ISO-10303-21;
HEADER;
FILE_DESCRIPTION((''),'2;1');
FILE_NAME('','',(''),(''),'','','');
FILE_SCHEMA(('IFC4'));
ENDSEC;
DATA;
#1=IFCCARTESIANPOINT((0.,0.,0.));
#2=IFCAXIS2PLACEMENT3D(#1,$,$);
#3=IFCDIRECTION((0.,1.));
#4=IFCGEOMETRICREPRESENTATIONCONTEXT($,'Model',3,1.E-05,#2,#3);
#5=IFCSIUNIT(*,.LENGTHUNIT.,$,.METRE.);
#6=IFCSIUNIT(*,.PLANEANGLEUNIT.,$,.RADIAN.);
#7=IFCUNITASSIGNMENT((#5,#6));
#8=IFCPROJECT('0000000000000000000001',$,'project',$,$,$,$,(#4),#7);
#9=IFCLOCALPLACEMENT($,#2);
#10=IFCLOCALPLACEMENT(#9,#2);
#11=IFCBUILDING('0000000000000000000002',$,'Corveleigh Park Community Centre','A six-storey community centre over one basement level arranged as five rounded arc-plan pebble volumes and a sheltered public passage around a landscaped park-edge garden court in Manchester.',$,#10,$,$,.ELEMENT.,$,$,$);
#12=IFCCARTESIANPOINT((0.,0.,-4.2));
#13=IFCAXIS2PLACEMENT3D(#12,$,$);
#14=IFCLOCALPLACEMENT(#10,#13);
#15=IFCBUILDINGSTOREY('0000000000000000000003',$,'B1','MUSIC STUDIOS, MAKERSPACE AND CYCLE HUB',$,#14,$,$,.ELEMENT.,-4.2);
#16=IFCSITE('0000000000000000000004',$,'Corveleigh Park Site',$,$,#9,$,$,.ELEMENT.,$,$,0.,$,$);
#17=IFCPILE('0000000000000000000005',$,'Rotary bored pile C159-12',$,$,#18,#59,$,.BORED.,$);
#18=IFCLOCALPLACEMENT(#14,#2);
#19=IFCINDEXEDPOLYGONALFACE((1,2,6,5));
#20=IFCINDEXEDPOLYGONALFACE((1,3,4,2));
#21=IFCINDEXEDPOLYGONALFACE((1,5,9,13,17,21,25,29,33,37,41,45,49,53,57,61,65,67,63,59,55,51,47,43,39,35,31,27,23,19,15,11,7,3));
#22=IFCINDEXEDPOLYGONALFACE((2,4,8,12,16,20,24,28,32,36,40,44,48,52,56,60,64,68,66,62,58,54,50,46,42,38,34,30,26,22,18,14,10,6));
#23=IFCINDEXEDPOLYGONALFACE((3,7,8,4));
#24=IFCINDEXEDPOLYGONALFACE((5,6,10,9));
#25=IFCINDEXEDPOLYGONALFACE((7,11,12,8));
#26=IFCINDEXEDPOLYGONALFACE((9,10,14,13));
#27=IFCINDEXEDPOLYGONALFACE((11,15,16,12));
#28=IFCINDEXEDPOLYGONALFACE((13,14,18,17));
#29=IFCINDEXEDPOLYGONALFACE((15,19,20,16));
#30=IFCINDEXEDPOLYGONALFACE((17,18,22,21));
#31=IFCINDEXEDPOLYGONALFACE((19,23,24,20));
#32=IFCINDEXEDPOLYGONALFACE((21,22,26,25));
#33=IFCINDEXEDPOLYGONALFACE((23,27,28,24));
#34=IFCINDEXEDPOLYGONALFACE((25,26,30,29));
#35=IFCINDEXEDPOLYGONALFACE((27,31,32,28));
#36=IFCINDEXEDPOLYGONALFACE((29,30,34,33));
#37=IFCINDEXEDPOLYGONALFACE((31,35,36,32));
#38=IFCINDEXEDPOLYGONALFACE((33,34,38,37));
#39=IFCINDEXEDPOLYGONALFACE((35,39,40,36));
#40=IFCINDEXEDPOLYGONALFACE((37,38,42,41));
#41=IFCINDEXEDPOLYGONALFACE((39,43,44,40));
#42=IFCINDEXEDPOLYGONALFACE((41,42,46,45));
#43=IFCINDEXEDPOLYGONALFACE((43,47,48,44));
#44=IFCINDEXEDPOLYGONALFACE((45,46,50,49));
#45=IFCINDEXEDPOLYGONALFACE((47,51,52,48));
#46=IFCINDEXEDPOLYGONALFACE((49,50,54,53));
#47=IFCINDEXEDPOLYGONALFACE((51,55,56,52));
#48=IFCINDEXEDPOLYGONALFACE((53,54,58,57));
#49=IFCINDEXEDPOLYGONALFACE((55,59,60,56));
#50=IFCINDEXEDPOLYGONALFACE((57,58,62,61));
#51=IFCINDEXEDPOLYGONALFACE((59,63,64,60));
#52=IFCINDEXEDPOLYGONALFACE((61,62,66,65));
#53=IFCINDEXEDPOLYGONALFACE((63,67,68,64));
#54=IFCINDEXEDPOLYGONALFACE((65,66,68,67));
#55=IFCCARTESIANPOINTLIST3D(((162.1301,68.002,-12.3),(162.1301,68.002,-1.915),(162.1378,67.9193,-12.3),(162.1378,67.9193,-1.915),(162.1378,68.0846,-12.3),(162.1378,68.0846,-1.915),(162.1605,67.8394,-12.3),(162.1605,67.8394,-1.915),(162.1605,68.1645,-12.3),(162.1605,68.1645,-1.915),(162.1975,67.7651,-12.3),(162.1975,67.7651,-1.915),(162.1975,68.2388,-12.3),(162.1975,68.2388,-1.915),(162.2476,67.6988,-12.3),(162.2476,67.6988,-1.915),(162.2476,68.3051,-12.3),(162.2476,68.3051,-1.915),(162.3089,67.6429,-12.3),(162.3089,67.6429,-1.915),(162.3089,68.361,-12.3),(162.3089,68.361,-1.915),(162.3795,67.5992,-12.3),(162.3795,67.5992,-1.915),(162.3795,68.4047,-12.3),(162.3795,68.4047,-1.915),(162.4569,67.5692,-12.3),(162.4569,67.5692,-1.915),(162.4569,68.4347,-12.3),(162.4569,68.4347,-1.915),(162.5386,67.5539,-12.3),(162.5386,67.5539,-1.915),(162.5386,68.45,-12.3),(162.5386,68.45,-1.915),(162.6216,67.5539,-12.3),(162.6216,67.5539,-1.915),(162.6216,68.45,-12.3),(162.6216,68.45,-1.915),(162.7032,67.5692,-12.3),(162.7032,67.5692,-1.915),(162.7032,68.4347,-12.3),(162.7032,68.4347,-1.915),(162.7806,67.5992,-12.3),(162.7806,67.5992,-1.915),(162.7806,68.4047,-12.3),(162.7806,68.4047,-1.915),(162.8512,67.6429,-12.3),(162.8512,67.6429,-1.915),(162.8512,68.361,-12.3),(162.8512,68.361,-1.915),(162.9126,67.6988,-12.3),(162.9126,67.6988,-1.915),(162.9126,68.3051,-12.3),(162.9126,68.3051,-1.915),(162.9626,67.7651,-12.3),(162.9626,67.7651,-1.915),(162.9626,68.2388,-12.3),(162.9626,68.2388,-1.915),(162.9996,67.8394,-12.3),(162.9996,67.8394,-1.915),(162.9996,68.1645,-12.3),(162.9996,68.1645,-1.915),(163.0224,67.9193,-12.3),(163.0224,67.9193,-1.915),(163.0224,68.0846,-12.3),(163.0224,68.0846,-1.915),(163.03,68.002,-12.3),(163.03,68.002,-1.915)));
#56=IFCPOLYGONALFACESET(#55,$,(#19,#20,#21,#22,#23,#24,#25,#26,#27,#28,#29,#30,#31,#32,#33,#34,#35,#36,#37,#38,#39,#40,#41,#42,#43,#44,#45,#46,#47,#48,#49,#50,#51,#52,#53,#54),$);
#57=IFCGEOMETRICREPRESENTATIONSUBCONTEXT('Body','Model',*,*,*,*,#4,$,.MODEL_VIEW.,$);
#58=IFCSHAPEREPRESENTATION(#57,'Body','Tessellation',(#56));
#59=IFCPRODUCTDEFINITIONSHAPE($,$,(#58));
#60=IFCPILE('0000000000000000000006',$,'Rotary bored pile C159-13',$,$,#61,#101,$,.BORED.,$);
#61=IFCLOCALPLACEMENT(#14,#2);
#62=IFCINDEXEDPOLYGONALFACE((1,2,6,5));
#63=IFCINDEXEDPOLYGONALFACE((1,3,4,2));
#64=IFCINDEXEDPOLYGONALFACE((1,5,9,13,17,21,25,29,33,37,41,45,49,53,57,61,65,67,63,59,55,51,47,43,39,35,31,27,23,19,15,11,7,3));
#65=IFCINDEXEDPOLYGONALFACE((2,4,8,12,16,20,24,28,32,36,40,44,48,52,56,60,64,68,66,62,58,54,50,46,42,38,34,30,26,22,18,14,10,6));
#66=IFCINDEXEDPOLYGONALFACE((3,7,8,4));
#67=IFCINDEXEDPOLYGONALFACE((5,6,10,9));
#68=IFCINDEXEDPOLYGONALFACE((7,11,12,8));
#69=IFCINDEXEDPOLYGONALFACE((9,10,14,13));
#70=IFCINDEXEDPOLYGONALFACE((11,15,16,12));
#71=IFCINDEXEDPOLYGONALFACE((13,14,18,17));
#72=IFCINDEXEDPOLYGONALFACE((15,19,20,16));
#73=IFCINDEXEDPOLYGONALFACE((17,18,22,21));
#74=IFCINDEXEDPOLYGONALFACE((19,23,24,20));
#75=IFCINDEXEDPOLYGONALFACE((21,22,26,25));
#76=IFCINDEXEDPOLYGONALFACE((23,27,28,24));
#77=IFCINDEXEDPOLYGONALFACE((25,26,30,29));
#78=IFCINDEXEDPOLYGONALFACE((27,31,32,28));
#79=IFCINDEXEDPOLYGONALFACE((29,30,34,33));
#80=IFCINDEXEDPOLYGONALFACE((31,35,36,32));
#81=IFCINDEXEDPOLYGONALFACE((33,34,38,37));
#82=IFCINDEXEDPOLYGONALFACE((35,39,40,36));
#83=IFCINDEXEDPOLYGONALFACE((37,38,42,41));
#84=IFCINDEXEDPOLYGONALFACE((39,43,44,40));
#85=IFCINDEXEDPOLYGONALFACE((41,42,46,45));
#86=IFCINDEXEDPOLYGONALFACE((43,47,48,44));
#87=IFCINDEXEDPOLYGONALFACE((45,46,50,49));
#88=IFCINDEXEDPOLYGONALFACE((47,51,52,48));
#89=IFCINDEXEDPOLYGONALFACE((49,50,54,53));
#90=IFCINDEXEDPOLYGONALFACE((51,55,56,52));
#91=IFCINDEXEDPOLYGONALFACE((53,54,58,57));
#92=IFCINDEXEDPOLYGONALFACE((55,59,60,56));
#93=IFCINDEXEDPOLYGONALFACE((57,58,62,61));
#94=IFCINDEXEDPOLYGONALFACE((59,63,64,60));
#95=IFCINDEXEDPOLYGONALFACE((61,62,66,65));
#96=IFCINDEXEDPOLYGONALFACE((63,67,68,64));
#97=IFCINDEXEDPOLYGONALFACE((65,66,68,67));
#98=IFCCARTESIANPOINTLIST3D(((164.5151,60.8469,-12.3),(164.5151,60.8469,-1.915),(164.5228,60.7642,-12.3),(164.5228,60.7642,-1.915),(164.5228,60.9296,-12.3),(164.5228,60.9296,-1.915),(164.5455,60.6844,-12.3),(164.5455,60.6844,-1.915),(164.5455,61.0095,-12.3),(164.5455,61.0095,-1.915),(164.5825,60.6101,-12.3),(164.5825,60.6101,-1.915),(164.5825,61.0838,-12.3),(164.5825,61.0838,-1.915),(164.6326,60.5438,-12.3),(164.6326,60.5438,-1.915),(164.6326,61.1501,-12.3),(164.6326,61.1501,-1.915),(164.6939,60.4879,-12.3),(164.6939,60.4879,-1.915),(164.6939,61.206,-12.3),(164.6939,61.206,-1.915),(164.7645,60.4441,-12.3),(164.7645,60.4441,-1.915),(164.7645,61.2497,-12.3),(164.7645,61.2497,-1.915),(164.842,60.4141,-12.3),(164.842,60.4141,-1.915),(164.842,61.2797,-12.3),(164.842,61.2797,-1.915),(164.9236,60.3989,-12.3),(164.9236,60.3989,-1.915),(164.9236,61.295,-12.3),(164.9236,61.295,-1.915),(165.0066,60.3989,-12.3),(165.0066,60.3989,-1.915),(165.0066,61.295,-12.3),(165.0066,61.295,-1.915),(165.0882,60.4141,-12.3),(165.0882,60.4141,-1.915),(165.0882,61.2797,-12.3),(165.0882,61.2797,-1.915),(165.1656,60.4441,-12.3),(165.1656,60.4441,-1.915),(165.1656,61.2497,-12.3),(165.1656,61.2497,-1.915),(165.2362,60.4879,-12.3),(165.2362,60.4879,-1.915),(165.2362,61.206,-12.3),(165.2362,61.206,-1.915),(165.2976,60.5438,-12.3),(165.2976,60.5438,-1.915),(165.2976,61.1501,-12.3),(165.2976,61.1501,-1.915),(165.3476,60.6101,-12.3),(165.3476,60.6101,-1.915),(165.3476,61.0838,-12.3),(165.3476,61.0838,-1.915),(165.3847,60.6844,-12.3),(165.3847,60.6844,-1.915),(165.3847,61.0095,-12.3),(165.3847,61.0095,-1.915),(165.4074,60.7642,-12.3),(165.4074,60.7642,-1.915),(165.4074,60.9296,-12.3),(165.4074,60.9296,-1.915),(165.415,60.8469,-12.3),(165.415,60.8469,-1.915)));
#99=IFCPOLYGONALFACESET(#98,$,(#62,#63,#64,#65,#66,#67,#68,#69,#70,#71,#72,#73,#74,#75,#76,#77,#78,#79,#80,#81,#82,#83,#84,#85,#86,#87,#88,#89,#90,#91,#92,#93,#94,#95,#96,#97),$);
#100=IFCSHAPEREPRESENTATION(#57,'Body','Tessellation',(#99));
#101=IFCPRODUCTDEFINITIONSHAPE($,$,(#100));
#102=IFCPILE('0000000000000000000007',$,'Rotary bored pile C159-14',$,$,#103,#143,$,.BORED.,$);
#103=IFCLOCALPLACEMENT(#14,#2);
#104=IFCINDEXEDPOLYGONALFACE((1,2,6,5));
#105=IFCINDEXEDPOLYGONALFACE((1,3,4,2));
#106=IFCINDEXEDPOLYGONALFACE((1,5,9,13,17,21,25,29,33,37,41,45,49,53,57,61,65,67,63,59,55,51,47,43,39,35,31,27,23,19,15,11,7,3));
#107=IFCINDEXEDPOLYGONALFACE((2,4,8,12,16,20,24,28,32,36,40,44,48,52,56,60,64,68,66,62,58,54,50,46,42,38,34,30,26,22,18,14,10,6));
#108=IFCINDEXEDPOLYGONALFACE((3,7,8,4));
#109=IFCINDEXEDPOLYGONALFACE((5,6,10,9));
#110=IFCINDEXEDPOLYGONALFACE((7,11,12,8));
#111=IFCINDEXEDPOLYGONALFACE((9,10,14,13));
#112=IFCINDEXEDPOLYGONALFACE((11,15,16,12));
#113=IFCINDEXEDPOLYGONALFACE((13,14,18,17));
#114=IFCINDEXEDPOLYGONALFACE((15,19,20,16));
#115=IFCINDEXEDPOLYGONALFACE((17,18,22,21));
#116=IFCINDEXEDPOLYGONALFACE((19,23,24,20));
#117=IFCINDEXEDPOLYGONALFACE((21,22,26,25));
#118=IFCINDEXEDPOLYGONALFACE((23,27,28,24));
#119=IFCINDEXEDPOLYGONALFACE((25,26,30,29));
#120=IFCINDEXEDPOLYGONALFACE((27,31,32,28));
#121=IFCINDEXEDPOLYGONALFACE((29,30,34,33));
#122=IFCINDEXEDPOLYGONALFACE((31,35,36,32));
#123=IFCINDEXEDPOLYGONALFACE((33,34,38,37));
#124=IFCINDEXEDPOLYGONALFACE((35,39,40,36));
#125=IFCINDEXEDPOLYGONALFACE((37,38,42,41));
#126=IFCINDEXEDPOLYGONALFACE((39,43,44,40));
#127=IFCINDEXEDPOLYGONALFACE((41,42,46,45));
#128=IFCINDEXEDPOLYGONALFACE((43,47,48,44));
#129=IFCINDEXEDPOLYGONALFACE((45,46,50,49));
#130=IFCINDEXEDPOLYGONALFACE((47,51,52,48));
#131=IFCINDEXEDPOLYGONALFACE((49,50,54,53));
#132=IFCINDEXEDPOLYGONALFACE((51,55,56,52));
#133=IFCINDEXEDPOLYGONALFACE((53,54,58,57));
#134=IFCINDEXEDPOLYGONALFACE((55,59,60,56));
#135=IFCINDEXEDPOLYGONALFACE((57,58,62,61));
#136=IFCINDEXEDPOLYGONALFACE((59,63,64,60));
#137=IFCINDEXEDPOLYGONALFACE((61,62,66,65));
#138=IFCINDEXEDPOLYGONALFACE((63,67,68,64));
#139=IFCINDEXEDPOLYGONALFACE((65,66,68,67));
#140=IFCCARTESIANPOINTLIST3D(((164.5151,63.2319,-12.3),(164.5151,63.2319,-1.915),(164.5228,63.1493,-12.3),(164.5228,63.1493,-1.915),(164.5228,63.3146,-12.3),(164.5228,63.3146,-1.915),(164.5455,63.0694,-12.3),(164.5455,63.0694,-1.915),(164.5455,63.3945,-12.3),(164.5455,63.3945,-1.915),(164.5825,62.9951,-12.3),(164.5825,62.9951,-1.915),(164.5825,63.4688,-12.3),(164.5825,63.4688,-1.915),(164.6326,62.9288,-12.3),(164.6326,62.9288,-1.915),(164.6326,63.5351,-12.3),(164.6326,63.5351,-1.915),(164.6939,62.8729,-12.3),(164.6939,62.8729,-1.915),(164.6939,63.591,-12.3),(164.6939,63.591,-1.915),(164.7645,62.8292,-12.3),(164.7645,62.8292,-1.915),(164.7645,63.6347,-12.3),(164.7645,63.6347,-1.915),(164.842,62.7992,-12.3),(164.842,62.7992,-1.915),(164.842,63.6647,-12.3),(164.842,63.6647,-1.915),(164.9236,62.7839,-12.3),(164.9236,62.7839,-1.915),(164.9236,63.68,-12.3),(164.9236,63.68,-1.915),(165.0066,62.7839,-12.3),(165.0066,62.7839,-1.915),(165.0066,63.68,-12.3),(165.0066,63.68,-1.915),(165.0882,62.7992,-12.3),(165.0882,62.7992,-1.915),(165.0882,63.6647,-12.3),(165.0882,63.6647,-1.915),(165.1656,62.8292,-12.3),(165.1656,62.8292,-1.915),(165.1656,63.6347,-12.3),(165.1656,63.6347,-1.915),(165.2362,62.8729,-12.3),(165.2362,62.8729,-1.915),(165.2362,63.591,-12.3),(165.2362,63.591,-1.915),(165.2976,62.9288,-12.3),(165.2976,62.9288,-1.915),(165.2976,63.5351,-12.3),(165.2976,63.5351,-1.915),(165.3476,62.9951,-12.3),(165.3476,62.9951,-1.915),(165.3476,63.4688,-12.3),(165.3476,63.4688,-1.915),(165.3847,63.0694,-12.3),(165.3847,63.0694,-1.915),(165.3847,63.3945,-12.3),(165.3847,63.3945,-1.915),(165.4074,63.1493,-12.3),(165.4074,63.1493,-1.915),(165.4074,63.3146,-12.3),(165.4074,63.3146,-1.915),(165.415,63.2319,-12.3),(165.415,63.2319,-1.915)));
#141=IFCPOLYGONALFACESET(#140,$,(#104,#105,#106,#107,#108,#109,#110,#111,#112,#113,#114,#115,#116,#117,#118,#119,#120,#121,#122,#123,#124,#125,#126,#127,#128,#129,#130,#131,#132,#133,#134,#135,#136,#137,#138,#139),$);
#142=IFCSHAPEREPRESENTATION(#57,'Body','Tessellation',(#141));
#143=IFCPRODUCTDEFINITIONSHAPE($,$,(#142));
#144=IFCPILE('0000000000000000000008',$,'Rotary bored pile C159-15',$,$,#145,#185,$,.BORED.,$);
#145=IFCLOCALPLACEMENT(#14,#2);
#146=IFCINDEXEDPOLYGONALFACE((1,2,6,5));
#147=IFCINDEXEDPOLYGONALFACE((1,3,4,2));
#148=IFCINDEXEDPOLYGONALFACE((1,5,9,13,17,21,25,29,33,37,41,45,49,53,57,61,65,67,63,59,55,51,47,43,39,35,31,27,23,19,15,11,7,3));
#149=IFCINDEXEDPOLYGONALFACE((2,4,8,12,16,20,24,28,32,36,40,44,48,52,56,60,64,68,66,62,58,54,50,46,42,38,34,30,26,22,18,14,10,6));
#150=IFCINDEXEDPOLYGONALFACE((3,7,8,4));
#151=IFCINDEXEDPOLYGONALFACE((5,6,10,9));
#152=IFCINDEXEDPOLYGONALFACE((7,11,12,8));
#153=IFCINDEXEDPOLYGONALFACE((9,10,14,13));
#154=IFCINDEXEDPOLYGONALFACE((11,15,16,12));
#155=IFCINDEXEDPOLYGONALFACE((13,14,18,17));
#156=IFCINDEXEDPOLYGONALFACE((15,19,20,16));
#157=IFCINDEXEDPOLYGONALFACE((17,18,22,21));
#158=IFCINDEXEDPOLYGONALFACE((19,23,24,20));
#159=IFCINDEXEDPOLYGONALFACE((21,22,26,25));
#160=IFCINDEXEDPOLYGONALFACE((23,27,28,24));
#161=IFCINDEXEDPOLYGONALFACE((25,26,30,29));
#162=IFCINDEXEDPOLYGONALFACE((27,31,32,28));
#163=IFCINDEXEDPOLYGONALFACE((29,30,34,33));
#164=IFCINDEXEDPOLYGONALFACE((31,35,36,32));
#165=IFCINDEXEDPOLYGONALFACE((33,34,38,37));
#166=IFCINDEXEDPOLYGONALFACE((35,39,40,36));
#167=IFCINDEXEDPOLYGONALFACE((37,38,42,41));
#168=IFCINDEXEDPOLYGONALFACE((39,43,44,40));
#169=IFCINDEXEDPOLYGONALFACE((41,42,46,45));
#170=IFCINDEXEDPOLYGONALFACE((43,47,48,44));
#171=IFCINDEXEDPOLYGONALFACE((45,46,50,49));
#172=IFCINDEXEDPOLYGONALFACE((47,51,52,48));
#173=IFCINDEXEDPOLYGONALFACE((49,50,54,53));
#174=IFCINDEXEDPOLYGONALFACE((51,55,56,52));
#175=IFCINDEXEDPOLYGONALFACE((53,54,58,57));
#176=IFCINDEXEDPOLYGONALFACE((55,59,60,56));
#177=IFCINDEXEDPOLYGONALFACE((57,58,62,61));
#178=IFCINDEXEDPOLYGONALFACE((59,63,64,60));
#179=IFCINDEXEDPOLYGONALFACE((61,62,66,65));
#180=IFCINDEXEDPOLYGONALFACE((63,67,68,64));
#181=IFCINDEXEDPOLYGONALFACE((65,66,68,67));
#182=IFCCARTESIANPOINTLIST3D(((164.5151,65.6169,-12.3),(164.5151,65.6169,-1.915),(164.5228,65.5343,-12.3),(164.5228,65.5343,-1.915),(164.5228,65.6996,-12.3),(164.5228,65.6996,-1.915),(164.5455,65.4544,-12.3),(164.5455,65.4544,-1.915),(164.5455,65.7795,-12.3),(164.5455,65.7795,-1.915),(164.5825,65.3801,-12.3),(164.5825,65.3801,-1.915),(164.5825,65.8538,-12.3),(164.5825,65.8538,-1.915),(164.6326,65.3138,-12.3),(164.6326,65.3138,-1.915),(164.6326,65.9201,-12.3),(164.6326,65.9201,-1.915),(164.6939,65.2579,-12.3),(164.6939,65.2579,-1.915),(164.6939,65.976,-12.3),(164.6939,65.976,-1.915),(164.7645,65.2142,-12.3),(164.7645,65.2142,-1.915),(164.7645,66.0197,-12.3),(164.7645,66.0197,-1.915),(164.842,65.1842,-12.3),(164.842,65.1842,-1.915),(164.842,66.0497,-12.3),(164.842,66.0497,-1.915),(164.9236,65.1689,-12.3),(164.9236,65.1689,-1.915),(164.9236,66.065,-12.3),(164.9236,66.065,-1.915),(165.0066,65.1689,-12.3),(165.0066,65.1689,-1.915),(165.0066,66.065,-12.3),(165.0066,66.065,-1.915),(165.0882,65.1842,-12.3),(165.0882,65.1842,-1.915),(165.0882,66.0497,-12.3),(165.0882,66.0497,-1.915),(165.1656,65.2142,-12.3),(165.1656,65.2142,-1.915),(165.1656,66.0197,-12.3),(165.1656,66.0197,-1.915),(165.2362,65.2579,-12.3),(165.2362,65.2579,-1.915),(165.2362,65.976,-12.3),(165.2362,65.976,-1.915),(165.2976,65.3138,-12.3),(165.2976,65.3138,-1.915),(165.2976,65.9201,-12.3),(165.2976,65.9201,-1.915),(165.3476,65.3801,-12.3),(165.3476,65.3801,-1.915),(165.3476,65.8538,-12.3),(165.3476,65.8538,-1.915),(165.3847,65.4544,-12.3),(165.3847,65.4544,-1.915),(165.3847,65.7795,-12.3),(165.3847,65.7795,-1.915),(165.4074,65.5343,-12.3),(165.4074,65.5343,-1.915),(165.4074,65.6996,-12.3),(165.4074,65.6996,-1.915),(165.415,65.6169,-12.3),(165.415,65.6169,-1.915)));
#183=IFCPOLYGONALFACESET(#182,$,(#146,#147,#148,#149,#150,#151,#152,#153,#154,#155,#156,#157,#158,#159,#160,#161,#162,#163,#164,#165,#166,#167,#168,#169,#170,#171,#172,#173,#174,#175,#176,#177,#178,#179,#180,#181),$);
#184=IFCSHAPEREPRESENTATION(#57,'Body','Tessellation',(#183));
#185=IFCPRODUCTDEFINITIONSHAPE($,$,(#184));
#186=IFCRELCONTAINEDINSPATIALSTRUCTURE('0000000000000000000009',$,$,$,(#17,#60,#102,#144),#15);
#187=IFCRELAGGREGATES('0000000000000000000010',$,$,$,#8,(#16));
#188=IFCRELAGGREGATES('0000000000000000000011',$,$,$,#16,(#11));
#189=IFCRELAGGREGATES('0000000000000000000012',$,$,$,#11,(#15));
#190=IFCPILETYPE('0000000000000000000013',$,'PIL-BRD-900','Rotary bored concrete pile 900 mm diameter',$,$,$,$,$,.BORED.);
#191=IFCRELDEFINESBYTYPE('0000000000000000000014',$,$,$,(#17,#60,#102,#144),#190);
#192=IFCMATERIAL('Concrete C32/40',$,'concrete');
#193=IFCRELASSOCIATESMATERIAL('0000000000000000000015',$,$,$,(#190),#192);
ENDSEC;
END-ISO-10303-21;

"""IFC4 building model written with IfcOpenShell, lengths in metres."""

from ifc_helpers import new_model, si_unit, direction, frame, origin, origin_2d, place, context, subcontext, project, spatial, circle, extrude, material, material_profile, profile_set, type_object, element, save


model = new_model("IFC4")

# Units and contexts
model_context = context("Model", 3, precision=1e-05, world=origin(), true_north=direction((0.0, 1.0)))
body_context = subcontext(model_context, "Body", "Model", "MODEL_VIEW")
ifc_project = project(units=[si_unit("LENGTHUNIT", "METRE"), si_unit("PLANEANGLEUNIT", "RADIAN")], contexts=[model_context])

# Site, building, storey
site_placement = place(None, origin())
site = spatial("IfcSite", under=ifc_project, at=site_placement, Name="Corveleigh Park Site", CompositionType="ELEMENT", RefElevation=0.0)
building_placement = place(site_placement, origin())
building = spatial("IfcBuilding", under=site, at=building_placement, Name="Corveleigh Park Community Centre", Description="A six-storey community centre over one basement level arranged as five rounded arc-plan pebble volumes and a sheltered public passage around a landscaped park-edge garden court in Manchester.", CompositionType="ELEMENT")
storey_placement = place(building_placement, frame((0.0, 0.0, -4.2)))
storey = spatial("IfcBuildingStorey", under=building, at=storey_placement, Name="B1", Description="MUSIC STUDIOS, MAKERSPACE AND CYCLE HUB", CompositionType="ELEMENT", Elevation=-4.2)

# Piles
ifc_material_1 = material(Name="Concrete C32/40", Category="concrete")
ifc_material_profile_1 = material_profile(ifc_material_1, circle(Radius=0.45, at=origin_2d()), Name="BORED-PILE-900", Category="concrete")
ifc_profile_set_1 = profile_set([ifc_material_profile_1], Name="Concrete C32/40")
pile_type = type_object("IfcPileType", Name="PIL-BRD-900", Description="Rotary bored concrete pile 900 mm diameter", PredefinedType="BORED", material=ifc_profile_set_1)
for number, where, z_axis, x_axis, name in (
    (1, (162.5801, 68.002, -1.915), (0.0, 0.0, -1.0), (1.0, 0.0, 0.0), "Rotary bored pile C159-12"),
    (2, (164.9651, 60.8469, -1.915), (0.0, 0.0, -1.0), (1.0, 0.0, 0.0), "Rotary bored pile C159-13"),
    (3, (164.9651, 63.2319, -1.915), (0.0, 0.0, -1.0), (1.0, 0.0, 0.0), "Rotary bored pile C159-14"),
    (4, (164.9651, 65.6169, -1.915), (0.0, 0.0, -1.0), (1.0, 0.0, 0.0), "Rotary bored pile C159-15"),
):
    element("IfcPile", number, at=place(storey_placement, frame(where, z_axis=z_axis, x_axis=x_axis)), inside=storey, type_object=pile_type, Name=name, PredefinedType="BORED", context=body_context, shape_type="SweptSolid", body=[
        extrude(circle(Radius=0.45, at=origin_2d()), origin(), (0.0, 0.0, 1.0), 10.385),
    ])

save(model, "model.ifc")
